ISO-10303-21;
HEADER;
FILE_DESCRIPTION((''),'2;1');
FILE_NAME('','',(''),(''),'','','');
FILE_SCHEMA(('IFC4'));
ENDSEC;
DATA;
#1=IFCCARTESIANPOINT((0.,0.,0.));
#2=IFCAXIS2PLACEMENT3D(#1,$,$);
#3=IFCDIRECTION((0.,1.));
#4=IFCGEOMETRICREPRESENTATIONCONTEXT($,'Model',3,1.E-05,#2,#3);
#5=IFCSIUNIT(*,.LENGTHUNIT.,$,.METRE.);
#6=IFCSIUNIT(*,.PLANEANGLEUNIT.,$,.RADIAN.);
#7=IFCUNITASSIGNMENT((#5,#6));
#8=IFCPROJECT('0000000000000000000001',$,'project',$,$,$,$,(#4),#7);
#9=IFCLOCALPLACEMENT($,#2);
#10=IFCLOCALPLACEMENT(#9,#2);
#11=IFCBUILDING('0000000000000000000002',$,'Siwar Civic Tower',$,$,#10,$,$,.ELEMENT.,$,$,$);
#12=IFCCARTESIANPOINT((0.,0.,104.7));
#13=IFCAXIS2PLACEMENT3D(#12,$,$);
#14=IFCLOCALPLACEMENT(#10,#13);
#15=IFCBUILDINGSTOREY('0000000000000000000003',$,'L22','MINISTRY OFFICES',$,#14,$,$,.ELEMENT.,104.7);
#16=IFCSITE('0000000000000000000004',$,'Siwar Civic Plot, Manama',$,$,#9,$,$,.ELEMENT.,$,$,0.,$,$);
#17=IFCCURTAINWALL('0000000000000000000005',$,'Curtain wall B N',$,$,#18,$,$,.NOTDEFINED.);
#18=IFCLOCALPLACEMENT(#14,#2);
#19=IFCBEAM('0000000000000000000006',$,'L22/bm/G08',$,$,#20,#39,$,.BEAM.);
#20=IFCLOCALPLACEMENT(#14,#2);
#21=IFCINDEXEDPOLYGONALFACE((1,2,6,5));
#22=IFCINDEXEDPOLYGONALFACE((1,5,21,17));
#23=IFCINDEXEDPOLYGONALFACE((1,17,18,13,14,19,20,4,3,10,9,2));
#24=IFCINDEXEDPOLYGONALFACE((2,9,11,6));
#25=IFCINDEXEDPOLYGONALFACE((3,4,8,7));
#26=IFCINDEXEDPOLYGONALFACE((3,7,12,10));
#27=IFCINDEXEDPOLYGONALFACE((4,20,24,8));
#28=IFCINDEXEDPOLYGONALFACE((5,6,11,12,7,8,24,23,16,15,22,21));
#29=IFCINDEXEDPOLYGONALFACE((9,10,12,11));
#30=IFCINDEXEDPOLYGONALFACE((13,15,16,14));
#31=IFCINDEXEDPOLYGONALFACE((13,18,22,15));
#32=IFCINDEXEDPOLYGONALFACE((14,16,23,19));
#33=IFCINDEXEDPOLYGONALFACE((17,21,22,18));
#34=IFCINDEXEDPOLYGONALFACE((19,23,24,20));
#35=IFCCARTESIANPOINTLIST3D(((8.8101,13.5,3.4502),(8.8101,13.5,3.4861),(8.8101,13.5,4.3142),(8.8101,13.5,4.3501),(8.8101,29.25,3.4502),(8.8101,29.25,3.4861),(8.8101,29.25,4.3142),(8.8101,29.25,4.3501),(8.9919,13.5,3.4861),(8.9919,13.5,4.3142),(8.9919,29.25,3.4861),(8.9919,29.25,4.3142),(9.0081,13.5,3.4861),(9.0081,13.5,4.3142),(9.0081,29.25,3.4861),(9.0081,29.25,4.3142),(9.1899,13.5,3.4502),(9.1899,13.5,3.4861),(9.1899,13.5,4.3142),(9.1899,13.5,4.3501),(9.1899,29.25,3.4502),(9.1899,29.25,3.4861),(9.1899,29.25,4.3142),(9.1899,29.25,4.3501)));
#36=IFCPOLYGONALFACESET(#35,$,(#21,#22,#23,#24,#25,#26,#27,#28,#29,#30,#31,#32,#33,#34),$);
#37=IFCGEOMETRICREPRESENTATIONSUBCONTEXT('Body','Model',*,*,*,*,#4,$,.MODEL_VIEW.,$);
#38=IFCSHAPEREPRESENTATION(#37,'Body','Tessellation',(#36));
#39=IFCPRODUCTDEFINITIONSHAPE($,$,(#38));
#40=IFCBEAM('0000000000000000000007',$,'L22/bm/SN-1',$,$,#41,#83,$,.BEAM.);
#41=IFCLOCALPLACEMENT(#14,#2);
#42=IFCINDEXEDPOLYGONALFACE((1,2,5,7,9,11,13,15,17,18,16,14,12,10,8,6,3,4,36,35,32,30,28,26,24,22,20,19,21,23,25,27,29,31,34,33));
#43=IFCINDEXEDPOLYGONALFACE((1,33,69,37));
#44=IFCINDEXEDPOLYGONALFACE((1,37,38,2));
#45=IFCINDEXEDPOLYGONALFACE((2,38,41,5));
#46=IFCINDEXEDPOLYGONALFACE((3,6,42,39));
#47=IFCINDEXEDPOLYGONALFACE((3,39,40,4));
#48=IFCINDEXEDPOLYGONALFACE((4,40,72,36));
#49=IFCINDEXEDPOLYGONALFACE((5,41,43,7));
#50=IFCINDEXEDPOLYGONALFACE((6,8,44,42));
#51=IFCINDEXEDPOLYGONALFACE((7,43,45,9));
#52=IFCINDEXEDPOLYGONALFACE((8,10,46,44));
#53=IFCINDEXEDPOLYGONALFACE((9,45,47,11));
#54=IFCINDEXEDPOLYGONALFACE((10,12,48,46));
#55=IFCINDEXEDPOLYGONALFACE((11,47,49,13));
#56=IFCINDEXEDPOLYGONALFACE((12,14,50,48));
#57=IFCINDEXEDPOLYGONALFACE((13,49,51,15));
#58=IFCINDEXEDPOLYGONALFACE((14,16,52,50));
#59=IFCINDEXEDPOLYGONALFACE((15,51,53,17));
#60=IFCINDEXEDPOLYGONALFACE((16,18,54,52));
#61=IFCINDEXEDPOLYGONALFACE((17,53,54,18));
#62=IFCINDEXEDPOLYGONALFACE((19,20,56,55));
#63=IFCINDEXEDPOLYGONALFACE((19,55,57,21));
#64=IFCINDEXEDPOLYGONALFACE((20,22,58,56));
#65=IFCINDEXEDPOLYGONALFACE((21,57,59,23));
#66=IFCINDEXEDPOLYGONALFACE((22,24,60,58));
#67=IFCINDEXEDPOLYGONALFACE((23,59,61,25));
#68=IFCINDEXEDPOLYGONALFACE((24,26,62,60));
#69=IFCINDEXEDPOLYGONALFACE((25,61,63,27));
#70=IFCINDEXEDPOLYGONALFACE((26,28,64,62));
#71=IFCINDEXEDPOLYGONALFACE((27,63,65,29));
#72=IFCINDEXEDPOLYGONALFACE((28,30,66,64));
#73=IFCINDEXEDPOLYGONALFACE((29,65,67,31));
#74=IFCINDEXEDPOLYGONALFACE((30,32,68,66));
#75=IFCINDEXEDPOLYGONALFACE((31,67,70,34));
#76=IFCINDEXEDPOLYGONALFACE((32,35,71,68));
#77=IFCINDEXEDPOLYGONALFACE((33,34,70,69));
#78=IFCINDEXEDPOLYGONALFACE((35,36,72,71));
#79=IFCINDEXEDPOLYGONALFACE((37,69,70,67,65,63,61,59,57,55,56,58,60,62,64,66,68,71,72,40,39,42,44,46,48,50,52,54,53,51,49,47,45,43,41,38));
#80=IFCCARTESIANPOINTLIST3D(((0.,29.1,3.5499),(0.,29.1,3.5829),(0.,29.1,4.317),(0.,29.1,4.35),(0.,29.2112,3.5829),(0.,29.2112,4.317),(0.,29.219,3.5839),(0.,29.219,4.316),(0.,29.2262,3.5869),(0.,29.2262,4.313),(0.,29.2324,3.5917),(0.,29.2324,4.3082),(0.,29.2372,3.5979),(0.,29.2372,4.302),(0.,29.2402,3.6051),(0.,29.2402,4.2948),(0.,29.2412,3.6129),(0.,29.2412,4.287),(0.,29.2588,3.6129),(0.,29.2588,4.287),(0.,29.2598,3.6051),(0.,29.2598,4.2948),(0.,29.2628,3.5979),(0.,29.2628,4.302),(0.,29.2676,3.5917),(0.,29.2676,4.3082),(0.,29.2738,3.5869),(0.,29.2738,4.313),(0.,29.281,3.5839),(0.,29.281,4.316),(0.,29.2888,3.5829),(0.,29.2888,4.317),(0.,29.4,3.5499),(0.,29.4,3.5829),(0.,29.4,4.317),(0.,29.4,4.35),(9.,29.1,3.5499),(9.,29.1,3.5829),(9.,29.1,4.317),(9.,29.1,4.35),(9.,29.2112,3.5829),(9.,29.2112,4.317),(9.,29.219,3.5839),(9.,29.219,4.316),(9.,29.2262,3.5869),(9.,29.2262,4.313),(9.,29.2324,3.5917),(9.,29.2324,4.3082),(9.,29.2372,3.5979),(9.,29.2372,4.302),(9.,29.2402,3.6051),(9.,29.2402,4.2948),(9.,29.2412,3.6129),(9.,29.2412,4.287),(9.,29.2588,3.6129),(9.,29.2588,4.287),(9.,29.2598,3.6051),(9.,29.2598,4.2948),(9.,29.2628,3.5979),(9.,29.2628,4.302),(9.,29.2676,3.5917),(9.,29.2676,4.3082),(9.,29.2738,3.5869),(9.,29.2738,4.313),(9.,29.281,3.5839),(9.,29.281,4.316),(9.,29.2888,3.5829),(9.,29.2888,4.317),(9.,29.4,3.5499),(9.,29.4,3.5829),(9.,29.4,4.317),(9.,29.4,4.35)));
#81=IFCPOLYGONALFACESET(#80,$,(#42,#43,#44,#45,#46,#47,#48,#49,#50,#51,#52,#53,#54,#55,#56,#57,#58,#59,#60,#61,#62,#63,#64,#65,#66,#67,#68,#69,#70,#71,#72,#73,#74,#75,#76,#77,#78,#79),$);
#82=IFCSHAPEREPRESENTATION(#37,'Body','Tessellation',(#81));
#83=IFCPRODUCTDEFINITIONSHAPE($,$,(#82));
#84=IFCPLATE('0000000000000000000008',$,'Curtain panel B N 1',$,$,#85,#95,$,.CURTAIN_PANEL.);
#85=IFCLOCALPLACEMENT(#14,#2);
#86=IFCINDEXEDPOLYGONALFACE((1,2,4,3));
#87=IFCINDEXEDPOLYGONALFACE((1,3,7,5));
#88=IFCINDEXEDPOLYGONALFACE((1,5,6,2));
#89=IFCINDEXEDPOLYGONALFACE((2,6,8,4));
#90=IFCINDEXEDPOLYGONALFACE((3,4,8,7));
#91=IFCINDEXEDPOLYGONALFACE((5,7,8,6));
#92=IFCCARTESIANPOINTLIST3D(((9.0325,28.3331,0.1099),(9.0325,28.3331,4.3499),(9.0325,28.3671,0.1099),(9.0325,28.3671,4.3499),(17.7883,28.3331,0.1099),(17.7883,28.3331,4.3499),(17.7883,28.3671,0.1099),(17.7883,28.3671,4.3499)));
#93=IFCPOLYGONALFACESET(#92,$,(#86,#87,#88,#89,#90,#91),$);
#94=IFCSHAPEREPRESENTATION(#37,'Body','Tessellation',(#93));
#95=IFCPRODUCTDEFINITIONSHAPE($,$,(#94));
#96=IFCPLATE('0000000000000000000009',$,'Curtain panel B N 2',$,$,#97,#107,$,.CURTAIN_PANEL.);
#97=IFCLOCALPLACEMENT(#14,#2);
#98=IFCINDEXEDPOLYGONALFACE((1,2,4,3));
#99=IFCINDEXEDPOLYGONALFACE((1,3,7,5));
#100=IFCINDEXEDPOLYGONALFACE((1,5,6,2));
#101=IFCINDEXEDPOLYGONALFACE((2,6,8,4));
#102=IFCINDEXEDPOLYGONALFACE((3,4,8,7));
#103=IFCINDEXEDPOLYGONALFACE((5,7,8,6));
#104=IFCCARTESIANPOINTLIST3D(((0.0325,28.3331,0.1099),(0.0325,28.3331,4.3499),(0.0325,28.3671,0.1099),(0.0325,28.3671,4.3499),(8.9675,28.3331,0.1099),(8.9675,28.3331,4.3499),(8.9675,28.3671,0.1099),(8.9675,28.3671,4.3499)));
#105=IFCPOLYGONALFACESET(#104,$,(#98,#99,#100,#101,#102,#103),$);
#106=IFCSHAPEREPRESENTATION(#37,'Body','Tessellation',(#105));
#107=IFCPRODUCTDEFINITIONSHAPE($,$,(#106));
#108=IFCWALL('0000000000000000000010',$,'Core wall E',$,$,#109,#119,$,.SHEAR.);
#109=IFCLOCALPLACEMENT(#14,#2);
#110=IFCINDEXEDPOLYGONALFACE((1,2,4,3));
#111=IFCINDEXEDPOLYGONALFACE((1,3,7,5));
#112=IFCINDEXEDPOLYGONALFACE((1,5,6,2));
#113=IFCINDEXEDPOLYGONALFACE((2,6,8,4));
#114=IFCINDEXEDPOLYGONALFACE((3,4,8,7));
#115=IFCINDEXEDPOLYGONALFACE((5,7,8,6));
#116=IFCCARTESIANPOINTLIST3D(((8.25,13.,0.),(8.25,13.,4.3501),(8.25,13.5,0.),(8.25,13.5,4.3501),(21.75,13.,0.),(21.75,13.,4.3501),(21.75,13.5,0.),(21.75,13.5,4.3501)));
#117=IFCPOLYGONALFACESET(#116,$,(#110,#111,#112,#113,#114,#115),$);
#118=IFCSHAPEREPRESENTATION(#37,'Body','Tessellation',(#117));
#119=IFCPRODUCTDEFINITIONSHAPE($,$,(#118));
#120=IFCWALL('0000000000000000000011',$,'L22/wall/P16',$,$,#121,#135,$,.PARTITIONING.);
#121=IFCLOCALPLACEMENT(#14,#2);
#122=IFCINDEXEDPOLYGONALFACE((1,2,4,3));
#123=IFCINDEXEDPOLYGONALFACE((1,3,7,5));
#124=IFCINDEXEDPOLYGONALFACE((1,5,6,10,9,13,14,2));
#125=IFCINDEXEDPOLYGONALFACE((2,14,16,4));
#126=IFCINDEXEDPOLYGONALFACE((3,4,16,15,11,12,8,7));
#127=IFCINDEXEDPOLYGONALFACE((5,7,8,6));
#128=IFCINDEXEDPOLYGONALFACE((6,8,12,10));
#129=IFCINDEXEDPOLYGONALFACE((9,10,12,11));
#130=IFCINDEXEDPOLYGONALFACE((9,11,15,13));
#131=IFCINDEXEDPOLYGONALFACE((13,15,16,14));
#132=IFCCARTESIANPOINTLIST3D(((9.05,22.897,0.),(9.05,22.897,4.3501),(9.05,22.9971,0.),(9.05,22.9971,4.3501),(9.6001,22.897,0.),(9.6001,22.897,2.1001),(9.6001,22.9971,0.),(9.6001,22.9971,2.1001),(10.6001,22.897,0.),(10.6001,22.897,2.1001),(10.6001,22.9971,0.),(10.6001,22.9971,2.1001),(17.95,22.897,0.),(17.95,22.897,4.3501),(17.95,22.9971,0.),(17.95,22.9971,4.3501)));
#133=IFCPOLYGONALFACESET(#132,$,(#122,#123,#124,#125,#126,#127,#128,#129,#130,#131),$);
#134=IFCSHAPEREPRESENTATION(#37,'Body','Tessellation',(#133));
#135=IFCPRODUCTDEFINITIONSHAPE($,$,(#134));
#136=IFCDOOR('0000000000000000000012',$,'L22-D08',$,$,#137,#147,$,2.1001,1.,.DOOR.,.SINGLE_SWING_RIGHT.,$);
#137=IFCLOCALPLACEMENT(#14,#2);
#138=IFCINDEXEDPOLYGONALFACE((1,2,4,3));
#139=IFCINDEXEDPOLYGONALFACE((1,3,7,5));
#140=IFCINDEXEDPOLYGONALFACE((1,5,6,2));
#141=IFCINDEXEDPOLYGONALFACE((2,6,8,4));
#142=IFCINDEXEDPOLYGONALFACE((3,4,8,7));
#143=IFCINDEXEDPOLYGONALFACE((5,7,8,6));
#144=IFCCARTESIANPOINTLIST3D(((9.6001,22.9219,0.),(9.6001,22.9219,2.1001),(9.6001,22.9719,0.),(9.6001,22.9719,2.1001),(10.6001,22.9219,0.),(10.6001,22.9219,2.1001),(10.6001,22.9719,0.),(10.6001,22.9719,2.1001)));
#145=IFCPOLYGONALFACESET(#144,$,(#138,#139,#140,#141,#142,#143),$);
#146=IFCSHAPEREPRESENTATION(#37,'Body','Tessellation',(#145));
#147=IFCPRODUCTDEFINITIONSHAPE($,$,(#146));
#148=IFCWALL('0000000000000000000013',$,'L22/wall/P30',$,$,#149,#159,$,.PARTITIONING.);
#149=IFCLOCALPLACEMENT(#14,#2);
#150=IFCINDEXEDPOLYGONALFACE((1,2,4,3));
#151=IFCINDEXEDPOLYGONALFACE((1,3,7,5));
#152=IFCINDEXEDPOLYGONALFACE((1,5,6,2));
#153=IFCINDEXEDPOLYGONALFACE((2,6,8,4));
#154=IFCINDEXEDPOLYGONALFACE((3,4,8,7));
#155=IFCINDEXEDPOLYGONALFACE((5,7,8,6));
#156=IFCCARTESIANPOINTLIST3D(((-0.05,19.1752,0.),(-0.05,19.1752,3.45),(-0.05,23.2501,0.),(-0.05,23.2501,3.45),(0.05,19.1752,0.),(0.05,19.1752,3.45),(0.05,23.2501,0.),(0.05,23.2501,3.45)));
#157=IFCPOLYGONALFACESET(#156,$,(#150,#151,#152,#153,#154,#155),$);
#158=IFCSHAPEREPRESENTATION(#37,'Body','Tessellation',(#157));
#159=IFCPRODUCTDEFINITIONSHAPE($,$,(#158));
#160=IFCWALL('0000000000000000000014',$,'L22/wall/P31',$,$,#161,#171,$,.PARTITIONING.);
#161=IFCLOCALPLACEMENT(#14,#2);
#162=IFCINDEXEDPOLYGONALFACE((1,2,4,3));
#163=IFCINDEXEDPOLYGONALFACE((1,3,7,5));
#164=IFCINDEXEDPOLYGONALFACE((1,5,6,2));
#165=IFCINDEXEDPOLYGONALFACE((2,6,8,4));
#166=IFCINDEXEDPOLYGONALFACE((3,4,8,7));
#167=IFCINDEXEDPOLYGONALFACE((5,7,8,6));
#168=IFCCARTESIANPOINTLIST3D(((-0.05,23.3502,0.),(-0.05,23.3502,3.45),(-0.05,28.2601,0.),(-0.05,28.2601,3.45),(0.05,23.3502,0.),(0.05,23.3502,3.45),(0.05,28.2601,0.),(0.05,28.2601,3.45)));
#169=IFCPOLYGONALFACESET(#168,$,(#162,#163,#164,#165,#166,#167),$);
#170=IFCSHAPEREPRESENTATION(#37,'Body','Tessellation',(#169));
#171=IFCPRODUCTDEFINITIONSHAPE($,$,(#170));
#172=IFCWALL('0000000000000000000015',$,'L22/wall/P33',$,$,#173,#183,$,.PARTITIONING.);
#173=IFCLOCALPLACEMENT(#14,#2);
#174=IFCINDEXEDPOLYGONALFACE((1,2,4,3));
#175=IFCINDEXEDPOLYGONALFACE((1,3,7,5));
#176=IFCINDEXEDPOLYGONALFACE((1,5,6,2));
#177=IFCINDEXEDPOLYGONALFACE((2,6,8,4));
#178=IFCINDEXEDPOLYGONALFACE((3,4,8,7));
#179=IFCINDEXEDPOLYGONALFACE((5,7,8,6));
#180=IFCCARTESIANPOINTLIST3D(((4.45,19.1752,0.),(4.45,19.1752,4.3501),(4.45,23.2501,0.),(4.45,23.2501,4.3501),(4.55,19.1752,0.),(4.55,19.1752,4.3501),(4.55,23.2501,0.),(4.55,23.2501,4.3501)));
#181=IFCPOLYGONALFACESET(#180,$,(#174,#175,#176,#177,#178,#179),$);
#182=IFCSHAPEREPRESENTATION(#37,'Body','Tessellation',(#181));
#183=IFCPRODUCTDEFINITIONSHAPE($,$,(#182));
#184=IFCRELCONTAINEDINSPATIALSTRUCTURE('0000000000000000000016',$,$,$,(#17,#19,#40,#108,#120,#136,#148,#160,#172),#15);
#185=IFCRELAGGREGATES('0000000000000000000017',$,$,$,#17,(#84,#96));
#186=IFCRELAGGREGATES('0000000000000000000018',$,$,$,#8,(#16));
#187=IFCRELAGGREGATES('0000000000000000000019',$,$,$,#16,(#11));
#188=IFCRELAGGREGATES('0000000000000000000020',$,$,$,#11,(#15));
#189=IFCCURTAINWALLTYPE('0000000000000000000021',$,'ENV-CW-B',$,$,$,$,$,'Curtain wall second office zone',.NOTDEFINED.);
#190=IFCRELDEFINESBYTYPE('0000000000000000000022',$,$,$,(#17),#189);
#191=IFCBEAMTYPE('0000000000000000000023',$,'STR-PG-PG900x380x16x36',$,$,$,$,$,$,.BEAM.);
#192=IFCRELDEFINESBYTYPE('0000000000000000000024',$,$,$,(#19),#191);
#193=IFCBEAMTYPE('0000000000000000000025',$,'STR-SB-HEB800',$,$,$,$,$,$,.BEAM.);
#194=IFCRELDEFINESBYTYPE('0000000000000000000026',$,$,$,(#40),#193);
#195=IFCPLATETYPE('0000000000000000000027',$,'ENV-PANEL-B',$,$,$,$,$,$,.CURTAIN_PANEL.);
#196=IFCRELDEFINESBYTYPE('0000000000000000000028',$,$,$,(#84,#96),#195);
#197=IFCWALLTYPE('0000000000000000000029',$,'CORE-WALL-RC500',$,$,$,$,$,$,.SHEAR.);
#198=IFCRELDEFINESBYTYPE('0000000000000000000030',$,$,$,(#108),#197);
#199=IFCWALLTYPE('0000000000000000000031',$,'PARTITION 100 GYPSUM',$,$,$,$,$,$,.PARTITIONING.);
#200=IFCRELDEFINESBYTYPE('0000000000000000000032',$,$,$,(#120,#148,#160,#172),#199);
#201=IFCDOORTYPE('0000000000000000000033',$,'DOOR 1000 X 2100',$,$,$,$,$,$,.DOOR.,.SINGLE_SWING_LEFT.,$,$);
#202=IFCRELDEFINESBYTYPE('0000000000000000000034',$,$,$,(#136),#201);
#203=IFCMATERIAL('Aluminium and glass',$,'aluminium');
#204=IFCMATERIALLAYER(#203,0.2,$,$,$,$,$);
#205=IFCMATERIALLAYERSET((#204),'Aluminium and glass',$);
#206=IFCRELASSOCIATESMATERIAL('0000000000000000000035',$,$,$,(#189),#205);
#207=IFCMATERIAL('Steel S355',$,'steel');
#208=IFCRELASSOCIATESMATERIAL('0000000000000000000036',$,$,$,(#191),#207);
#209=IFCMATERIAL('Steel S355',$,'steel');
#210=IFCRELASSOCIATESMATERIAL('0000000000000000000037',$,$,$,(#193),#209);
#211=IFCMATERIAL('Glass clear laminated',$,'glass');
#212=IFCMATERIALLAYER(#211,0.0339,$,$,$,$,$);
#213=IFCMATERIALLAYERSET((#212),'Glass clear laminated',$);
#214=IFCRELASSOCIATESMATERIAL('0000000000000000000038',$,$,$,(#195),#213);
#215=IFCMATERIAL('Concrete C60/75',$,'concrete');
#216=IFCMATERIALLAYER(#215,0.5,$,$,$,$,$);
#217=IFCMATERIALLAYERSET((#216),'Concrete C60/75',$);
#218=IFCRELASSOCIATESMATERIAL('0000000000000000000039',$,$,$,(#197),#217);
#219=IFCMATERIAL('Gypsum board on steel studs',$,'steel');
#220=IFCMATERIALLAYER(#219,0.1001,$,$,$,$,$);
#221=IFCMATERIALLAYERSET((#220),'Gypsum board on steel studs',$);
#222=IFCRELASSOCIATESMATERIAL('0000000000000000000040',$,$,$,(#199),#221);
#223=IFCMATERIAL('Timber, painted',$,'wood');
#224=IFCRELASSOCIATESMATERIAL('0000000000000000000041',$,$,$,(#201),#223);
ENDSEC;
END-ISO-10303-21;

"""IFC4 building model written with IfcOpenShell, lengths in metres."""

from ifc_helpers import new_model, si_unit, direction, frame, frame_2d, origin, origin_2d, place, context, subcontext, project, spatial, rectangle, i_section, extrude, material, layer, layer_set, material_profile, profile_set, type_object, element, fill, aggregate, save


model = new_model("IFC4")

# Units and contexts
model_context = context("Model", 3, precision=1e-05, world=origin(), true_north=direction((0.0, 1.0)))
body_context = subcontext(model_context, "Body", "Model", "MODEL_VIEW")
ifc_project = project(units=[si_unit("LENGTHUNIT", "METRE"), si_unit("PLANEANGLEUNIT", "RADIAN")], contexts=[model_context])

# Site, building, storey
site_placement = place(None, origin())
site = spatial("IfcSite", under=ifc_project, at=site_placement, Name="Siwar Civic Plot, Manama", CompositionType="ELEMENT", RefElevation=0.0)
building_placement = place(site_placement, origin())
building = spatial("IfcBuilding", under=site, at=building_placement, Name="Siwar Civic Tower", CompositionType="ELEMENT")
storey_placement = place(building_placement, frame((0.0, 0.0, 104.7)))
storey = spatial("IfcBuildingStorey", under=building, at=storey_placement, Name="L22", Description="MINISTRY OFFICES", CompositionType="ELEMENT", Elevation=104.7)

# Curtain wall
ifc_material_1 = material(Name="Aluminium and glass", Category="aluminium")
ifc_layer_1 = layer(ifc_material_1, 0.2)
ifc_layer_set_1 = layer_set([ifc_layer_1], Name="Aluminium and glass")
curtain_wall_type = type_object("IfcCurtainWallType", Name="ENV-CW-B", ElementType="Curtain wall second office zone", PredefinedType="NOTDEFINED", material=ifc_layer_set_1)
curtain_wall_placement = place(storey_placement, origin())
curtain_wall = element("IfcCurtainWall", 1, at=curtain_wall_placement, inside=storey, type_object=curtain_wall_type, Name="Curtain wall B N", PredefinedType="NOTDEFINED")

# Beams
ifc_material_2 = material(Name="Steel S355", Category="steel")
ifc_material_profile_1 = material_profile(ifc_material_2, i_section(OverallWidth=0.3799, OverallDepth=0.8999, WebThickness=0.0161, FlangeThickness=0.0359, at=origin_2d()), Name="PG900x380x16x36")
ifc_profile_set_1 = profile_set([ifc_material_profile_1], Name="Steel S355")
beam_type_1 = type_object("IfcBeamType", Name="STR-PG-PG900x380x16x36", PredefinedType="BEAM", material=ifc_profile_set_1)
beam_1_placement = place(storey_placement, frame((9.0, 13.5, 3.9001), z_axis=(0.0, 1.0, 0.0), x_axis=(-1.0, 0.0, 0.0)))
element("IfcBeam", 2, at=beam_1_placement, inside=storey, type_object=beam_type_1, Name="L22/bm/G08", PredefinedType="BEAM", context=body_context, shape_type="SweptSolid", body=[
    extrude(i_section(OverallWidth=0.3799, OverallDepth=0.8999, WebThickness=0.0161, FlangeThickness=0.0359, at=origin_2d()), origin(), (0.0, 0.0, 1.0), 15.75),
])
ifc_material_3 = material(Name="Steel S355", Category="steel")
ifc_material_profile_2 = material_profile(ifc_material_3, i_section(OverallWidth=0.3, OverallDepth=0.8, WebThickness=0.0176, FlangeThickness=0.033, FilletRadius=0.03, at=origin_2d()), Name="HEB800")
ifc_profile_set_2 = profile_set([ifc_material_profile_2], Name="Steel S355")
beam_type_2 = type_object("IfcBeamType", Name="STR-SB-HEB800", PredefinedType="BEAM", material=ifc_profile_set_2)
beam_2_placement = place(storey_placement, frame((9.0, 29.25, 3.95), z_axis=(-1.0, 0.0, 0.0), x_axis=(0.0, -1.0, 0.0)))
element("IfcBeam", 3, at=beam_2_placement, inside=storey, type_object=beam_type_2, Name="L22/bm/SN-1", PredefinedType="BEAM", context=body_context, shape_type="SweptSolid", body=[
    extrude(i_section(OverallWidth=0.3, OverallDepth=0.8, WebThickness=0.0176, FlangeThickness=0.033, FilletRadius=0.03, at=origin_2d()), origin(), (0.0, 0.0, 1.0), 9.0),
])

# Plates
ifc_material_4 = material(Name="Glass clear laminated", Category="glass")
ifc_layer_2 = layer(ifc_material_4, 0.0339)
ifc_layer_set_2 = layer_set([ifc_layer_2], Name="Glass clear laminated")
plate_type = type_object("IfcPlateType", Name="ENV-PANEL-B", PredefinedType="CURTAIN_PANEL", material=ifc_layer_set_2)
plate_1_placement = place(storey_placement, frame((13.4104, 28.3501, 0.1099), z_axis=(0.0, 0.0, 1.0), x_axis=(-1.0, 0.0, 0.0)))
plate_1 = element("IfcPlate", 4, at=plate_1_placement, type_object=plate_type, Name="Curtain panel B N 1", PredefinedType="CURTAIN_PANEL", context=body_context, shape_type="SweptSolid", body=[
    extrude(rectangle(XDim=8.7559, YDim=0.0339, at=origin_2d()), origin(), (0.0, 0.0, 1.0), 4.24),
])
plate_2_placement = place(storey_placement, frame((4.5, 28.3501, 0.1099), z_axis=(0.0, 0.0, 1.0), x_axis=(-1.0, 0.0, 0.0)))
plate_2 = element("IfcPlate", 5, at=plate_2_placement, type_object=plate_type, Name="Curtain panel B N 2", PredefinedType="CURTAIN_PANEL", context=body_context, shape_type="SweptSolid", body=[
    extrude(rectangle(XDim=8.9351, YDim=0.0339, at=origin_2d()), origin(), (0.0, 0.0, 1.0), 4.24),
])
aggregate(curtain_wall, [plate_1, plate_2])

# Wall
ifc_material_5 = material(Name="Concrete C60/75", Category="concrete")
ifc_layer_3 = layer(ifc_material_5, 0.5)
ifc_layer_set_3 = layer_set([ifc_layer_3], Name="Concrete C60/75")
wall_type_1 = type_object("IfcWallType", Name="CORE-WALL-RC500", PredefinedType="SHEAR", material=ifc_layer_set_3)
wall_1_placement = place(storey_placement, frame((8.25, 13.25, 0.0), z_axis=(0.0, 0.0, 1.0), x_axis=(1.0, 0.0, 0.0)))
element("IfcWall", 6, at=wall_1_placement, inside=storey, type_object=wall_type_1, Name="Core wall E", PredefinedType="SHEAR", context=body_context, shape_type="SweptSolid", body=[
    extrude(rectangle(XDim=13.5, YDim=0.5, at=frame_2d((6.75, 0.0))), origin(), (0.0, 0.0, 1.0), 4.3501),
])

# Wall, opening, door
ifc_material_6 = material(Name="Gypsum board on steel studs", Category="steel")
ifc_layer_4 = layer(ifc_material_6, 0.1001)
ifc_layer_set_4 = layer_set([ifc_layer_4], Name="Gypsum board on steel studs")
wall_type_2 = type_object("IfcWallType", Name="PARTITION 100 GYPSUM", PredefinedType="PARTITIONING", material=ifc_layer_set_4)
wall_2_placement = place(storey_placement, frame((9.05, 22.947, 0.0), z_axis=(0.0, 0.0, 1.0), x_axis=(1.0, 0.0, 0.0)))
wall_2 = element("IfcWall", 7, at=wall_2_placement, inside=storey, type_object=wall_type_2, Name="L22/wall/P16", PredefinedType="PARTITIONING", context=body_context, shape_type="SweptSolid", body=[
    extrude(rectangle(XDim=8.8999, YDim=0.1001, at=frame_2d((4.45, 0.0))), origin(), (0.0, 0.0, 1.0), 4.3501),
])
opening_placement = place(wall_2_placement, frame((0.55, 0.0, 0.0)))
opening = element("IfcOpeningElement", 8, at=opening_placement, cuts=wall_2, PredefinedType="OPENING", context=body_context, shape_type="SweptSolid", body=[
    extrude(rectangle(XDim=1.0, YDim=2.1001, at=frame_2d((0.5, 1.05))), frame((0.0, 0.0601, 0.0), z_axis=(0.0, -1.0, 0.0), x_axis=(1.0, 0.0, 0.0)), (0.0, 0.0, 1.0), 0.1201),
])
ifc_material_7 = material(Name="Timber, painted", Category="wood")
door_type = type_object("IfcDoorType", Name="DOOR 1000 X 2100", OperationType="SINGLE_SWING_LEFT", PredefinedType="DOOR", material=ifc_material_7)
door_placement = place(opening_placement, origin())
door = element("IfcDoor", 9, at=door_placement, inside=storey, type_object=door_type, Name="L22-D08", OperationType="SINGLE_SWING_RIGHT", OverallHeight=2.1001, OverallWidth=1.0, PredefinedType="DOOR", context=body_context, shape_type="SweptSolid", body=[
    extrude(rectangle(XDim=1.0, YDim=2.1001, at=frame_2d((0.5, 1.05))), frame((0.0, 0.0249, 0.0), z_axis=(0.0, -1.0, 0.0), x_axis=(1.0, 0.0, 0.0)), (0.0, 0.0, 1.0), 0.05),
])
fill(opening, door)

# Walls
wall_3_placement = place(storey_placement, frame((0.0, 19.175, 0.0), z_axis=(0.0, 0.0, 1.0), x_axis=(0.0, 1.0, 0.0)))
element("IfcWall", 10, at=wall_3_placement, inside=storey, type_object=wall_type_2, Name="L22/wall/P30", PredefinedType="PARTITIONING", context=body_context, shape_type="SweptSolid", body=[
    extrude(rectangle(XDim=4.075, YDim=0.1001, at=frame_2d((2.0376, 0.0))), origin(), (0.0, 0.0, 1.0), 3.45),
])
wall_4_placement = place(storey_placement, frame((0.0, 23.3501, 0.0), z_axis=(0.0, 0.0, 1.0), x_axis=(0.0, 1.0, 0.0)))
element("IfcWall", 11, at=wall_4_placement, inside=storey, type_object=wall_type_2, Name="L22/wall/P31", PredefinedType="PARTITIONING", context=body_context, shape_type="SweptSolid", body=[
    extrude(rectangle(XDim=4.9099, YDim=0.1001, at=frame_2d((2.4551, 0.0))), origin(), (0.0, 0.0, 1.0), 3.45),
])
wall_5_placement = place(storey_placement, frame((4.5, 19.175, 0.0), z_axis=(0.0, 0.0, 1.0), x_axis=(0.0, 1.0, 0.0)))
element("IfcWall", 12, at=wall_5_placement, inside=storey, type_object=wall_type_2, Name="L22/wall/P33", PredefinedType="PARTITIONING", context=body_context, shape_type="SweptSolid", body=[
    extrude(rectangle(XDim=4.075, YDim=0.1001, at=frame_2d((2.0376, 0.0))), origin(), (0.0, 0.0, 1.0), 4.3501),
])

save(model, "model.ifc")
